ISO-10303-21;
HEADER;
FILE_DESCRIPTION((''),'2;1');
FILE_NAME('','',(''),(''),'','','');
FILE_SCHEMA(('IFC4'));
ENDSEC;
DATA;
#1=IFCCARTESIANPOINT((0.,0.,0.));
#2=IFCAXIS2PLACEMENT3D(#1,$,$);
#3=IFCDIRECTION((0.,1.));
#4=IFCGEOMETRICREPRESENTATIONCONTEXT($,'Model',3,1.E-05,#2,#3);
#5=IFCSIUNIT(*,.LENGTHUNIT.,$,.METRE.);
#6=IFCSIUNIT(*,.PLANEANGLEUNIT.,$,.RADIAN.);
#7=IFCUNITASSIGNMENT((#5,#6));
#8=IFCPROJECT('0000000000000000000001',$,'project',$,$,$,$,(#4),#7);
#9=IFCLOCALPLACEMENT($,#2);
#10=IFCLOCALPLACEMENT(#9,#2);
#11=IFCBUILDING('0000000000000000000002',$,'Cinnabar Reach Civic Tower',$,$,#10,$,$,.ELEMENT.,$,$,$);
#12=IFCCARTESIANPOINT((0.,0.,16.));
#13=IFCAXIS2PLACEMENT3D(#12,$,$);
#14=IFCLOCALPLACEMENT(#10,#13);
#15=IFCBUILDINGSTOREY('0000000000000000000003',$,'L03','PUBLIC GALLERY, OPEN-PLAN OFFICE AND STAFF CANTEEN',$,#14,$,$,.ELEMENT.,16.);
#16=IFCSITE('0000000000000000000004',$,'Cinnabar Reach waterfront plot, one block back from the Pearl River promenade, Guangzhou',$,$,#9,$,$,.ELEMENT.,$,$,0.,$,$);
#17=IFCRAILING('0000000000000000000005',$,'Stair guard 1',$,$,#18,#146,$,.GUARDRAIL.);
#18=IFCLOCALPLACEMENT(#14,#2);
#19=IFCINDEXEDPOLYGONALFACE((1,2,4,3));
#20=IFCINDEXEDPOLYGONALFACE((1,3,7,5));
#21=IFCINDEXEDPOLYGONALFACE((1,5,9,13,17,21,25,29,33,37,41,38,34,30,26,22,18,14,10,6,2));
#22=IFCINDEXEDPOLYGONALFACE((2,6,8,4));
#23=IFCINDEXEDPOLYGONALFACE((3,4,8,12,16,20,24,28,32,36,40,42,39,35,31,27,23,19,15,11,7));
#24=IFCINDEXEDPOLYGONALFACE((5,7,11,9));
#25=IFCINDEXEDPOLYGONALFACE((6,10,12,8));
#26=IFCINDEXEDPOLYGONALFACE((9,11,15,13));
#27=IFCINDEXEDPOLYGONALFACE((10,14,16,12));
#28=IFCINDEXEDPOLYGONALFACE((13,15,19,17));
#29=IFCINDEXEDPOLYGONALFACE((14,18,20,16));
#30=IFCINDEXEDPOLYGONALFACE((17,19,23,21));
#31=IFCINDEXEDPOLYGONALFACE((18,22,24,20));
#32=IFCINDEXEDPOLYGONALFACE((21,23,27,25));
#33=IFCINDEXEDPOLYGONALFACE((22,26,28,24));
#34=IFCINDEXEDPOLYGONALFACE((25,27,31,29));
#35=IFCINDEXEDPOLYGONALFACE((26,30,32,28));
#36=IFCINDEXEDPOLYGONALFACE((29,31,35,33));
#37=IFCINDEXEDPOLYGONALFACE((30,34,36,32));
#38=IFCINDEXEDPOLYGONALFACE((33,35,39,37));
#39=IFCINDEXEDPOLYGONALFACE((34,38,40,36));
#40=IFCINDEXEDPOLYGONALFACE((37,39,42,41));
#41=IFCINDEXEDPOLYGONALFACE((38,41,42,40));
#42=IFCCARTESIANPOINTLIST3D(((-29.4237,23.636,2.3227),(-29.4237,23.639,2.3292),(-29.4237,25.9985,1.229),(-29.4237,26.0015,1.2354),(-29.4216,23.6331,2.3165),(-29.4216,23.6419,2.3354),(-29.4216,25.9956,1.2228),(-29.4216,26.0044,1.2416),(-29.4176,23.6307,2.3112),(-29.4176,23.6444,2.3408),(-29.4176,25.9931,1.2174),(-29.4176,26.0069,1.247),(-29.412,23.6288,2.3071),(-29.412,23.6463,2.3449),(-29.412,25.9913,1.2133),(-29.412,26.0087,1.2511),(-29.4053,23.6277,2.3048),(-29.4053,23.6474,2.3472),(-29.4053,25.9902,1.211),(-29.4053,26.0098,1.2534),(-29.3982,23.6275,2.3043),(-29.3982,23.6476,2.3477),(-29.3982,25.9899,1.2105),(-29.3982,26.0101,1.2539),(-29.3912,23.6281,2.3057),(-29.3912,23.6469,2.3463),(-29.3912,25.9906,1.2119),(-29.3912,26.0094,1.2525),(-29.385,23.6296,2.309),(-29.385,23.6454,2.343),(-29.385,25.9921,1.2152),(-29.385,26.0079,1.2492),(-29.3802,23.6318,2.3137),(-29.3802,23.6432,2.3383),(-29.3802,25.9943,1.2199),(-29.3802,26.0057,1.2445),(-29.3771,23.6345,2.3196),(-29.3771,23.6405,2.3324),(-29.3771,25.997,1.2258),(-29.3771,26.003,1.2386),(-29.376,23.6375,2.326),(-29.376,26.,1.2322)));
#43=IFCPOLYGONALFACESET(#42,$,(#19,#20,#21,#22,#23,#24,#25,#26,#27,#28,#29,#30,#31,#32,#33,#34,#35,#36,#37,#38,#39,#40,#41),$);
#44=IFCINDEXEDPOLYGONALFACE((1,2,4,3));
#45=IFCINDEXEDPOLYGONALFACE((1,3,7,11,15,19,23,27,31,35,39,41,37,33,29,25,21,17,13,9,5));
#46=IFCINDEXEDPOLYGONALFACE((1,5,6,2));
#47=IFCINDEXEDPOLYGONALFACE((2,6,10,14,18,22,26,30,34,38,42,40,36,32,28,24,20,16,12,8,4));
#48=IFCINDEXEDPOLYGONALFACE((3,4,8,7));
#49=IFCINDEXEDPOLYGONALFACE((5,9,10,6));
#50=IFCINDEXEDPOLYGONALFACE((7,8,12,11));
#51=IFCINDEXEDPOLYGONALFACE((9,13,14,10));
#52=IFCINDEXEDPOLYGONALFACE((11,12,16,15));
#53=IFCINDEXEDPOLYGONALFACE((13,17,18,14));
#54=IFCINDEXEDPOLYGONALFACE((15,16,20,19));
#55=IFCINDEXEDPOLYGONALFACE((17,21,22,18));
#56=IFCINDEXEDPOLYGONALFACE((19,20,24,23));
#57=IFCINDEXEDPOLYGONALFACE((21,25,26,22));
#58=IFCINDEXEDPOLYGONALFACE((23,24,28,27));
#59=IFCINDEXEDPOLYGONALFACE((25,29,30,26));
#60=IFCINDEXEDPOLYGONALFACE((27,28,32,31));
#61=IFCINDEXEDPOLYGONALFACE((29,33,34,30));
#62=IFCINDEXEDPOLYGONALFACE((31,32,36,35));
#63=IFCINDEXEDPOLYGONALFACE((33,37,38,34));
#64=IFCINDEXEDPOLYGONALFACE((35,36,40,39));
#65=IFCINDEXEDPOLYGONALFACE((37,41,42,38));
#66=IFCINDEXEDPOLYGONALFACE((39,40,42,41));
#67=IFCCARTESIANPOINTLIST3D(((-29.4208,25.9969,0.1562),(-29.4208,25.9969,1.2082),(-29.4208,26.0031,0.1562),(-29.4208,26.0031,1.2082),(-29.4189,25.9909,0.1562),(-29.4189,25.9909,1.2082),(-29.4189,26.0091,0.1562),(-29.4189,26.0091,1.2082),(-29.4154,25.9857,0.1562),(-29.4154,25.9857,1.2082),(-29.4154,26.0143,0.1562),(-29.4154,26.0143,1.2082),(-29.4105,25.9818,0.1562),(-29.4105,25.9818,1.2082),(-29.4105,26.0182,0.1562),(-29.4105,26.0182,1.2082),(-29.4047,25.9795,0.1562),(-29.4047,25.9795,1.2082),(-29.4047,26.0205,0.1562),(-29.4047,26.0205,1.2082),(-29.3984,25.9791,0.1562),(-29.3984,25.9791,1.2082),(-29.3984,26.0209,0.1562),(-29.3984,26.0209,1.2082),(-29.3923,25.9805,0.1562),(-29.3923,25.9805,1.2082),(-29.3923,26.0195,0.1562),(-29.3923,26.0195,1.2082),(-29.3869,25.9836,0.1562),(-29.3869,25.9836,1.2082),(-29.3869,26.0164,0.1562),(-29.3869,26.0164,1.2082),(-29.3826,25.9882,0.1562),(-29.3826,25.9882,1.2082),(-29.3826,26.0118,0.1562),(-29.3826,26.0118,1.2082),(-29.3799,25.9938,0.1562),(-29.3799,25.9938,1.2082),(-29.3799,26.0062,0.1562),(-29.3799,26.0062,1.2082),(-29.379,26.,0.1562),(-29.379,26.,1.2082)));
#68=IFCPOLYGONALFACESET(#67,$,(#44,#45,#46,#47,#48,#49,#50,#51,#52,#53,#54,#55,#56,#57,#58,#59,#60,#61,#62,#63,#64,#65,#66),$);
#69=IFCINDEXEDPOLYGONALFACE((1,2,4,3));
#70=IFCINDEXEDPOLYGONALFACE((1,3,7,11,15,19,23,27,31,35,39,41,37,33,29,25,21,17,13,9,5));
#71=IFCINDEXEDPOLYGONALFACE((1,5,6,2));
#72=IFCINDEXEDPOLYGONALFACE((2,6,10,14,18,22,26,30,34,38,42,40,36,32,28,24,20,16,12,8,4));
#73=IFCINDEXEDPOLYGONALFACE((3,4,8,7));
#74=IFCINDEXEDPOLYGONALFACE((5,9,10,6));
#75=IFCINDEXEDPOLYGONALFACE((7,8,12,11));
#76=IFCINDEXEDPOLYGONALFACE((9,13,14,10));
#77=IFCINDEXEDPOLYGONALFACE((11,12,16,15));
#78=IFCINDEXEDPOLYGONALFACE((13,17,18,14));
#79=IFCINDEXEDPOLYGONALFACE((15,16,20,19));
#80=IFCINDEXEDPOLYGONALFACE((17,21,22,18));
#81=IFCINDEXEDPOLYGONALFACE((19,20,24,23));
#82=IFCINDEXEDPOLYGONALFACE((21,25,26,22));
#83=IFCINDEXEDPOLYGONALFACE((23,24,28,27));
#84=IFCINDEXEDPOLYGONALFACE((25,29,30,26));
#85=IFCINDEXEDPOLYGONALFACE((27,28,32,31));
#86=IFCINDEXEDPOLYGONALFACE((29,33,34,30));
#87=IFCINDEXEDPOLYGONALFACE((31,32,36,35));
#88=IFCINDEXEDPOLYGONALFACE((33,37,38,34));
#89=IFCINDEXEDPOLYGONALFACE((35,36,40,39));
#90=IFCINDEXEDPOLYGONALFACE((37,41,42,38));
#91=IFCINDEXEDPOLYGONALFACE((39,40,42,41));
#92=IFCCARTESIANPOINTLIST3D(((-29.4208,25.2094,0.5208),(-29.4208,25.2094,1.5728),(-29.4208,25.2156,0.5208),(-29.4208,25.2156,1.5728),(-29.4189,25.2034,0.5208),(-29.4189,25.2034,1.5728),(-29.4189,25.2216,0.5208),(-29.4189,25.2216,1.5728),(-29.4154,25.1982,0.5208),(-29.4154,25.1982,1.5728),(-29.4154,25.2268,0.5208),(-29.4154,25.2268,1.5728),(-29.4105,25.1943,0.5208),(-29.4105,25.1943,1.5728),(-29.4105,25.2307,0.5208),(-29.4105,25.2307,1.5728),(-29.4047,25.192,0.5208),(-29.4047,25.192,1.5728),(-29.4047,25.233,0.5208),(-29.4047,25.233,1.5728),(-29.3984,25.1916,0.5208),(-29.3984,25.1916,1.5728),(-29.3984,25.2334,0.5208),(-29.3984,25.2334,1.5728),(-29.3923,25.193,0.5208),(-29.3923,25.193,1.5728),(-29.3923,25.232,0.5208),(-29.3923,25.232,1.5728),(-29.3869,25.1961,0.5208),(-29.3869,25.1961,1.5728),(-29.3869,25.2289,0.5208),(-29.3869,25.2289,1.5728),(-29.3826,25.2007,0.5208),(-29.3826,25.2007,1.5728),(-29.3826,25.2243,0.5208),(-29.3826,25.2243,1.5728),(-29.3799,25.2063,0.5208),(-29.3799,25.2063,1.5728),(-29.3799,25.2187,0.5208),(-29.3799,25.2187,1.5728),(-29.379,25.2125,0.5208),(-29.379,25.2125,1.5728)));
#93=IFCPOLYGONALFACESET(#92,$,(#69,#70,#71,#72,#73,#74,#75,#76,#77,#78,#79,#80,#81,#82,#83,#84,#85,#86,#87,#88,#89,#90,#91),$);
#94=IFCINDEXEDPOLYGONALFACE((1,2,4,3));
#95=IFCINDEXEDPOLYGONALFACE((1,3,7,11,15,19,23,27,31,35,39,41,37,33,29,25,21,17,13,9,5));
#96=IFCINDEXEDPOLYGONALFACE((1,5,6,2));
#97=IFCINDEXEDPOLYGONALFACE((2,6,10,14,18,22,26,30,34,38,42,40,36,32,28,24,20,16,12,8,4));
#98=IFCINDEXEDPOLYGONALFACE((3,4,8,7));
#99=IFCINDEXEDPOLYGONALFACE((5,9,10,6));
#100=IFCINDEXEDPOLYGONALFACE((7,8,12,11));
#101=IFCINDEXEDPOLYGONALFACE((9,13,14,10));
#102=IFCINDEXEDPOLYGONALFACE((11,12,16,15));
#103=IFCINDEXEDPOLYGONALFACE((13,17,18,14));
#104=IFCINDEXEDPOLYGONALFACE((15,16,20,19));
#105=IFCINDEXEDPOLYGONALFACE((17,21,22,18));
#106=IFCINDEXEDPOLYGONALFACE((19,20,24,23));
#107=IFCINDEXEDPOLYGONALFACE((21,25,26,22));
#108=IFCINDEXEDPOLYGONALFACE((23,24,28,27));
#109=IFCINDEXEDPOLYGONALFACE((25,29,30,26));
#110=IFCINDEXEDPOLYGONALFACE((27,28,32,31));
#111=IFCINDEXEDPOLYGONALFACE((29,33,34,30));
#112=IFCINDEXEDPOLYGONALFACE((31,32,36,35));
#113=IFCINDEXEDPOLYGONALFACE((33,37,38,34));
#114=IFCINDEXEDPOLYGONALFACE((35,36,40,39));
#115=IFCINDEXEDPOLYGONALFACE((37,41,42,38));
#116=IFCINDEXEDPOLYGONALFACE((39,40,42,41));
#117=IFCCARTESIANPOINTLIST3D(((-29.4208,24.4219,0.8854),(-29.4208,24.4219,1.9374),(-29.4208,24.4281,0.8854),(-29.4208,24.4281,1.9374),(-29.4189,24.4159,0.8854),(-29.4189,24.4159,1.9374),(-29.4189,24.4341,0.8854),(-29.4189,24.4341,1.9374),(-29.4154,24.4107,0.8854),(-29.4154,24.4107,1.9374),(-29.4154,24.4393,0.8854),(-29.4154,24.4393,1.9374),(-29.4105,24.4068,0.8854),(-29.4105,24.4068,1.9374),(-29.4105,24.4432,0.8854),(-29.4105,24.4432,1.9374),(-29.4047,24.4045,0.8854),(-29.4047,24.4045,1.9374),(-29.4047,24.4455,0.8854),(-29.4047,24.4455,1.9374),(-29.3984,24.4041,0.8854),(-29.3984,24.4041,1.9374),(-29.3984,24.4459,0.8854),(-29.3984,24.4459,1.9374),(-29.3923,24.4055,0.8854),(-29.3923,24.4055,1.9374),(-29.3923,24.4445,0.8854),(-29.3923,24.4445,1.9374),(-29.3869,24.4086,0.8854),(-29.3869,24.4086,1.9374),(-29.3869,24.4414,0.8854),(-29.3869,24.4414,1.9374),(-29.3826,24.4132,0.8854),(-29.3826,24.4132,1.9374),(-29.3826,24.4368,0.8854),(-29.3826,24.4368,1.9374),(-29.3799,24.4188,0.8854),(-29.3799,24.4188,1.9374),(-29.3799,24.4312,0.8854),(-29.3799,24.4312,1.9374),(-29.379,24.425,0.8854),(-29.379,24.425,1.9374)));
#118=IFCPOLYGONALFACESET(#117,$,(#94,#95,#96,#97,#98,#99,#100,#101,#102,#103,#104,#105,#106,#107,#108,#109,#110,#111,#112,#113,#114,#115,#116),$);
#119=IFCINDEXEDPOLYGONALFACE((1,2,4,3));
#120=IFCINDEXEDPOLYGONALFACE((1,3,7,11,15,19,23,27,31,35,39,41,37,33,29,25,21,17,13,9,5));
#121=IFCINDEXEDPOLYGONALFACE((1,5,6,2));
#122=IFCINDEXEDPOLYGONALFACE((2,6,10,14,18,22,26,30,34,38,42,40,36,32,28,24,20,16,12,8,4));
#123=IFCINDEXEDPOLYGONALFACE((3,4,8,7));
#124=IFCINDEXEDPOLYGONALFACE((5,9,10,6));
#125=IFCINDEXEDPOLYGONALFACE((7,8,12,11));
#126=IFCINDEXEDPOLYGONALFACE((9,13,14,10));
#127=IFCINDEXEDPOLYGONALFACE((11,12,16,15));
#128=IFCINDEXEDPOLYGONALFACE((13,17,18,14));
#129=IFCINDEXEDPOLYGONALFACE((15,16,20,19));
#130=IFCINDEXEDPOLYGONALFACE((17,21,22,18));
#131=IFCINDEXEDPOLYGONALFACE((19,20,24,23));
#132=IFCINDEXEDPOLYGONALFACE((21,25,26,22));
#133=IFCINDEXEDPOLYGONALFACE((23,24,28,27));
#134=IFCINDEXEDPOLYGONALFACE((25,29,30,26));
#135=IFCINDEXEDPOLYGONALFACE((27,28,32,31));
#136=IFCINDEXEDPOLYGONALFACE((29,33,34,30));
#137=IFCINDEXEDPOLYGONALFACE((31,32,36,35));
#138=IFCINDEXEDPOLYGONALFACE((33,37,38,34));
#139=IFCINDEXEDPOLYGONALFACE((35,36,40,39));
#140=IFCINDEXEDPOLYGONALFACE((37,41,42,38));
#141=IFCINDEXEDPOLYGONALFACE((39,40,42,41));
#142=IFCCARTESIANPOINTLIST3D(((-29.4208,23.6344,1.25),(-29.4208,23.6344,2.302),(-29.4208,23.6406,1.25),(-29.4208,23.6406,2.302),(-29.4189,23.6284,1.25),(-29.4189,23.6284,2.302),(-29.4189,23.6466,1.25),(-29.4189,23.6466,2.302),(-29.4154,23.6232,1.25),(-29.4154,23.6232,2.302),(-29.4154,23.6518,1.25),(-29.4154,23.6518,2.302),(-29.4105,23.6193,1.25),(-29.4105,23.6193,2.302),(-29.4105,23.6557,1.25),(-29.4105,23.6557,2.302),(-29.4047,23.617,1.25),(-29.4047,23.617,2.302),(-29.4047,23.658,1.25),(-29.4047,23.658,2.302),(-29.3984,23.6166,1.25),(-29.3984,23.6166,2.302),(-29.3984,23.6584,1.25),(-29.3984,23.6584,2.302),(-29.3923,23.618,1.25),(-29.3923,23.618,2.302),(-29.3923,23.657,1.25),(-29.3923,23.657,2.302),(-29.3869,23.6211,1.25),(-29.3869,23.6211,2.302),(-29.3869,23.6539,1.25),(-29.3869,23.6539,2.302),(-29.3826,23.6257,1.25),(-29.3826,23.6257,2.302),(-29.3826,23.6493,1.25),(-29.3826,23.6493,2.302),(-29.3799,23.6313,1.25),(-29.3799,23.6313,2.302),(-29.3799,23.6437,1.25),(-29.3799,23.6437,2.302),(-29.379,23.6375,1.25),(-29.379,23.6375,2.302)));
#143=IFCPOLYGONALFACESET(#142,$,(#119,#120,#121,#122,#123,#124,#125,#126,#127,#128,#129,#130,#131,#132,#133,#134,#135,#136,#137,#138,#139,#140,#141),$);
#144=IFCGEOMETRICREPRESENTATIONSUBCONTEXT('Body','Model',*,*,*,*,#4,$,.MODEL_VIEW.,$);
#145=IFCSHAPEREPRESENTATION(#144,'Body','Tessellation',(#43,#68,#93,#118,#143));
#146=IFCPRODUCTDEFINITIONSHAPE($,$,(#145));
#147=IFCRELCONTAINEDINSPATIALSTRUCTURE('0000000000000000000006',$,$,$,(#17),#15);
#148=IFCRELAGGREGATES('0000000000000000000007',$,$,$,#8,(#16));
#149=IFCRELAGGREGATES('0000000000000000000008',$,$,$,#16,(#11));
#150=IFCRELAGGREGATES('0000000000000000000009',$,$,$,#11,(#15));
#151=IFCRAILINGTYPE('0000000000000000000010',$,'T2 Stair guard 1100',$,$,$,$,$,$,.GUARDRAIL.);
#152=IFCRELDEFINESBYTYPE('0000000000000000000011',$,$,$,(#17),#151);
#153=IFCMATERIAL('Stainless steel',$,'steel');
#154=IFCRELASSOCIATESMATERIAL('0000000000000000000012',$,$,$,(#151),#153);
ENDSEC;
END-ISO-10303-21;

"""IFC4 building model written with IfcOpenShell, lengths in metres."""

from ifc_helpers import new_model, si_unit, direction, frame, origin, origin_2d, place, context, subcontext, project, spatial, circle, extrude, material, type_object, element, save


model = new_model("IFC4")

# Units and contexts
model_context = context("Model", 3, precision=1e-05, world=origin(), true_north=direction((0.0, 1.0)))
body_context = subcontext(model_context, "Body", "Model", "MODEL_VIEW")
ifc_project = project(units=[si_unit("LENGTHUNIT", "METRE"), si_unit("PLANEANGLEUNIT", "RADIAN")], contexts=[model_context])

# Site, building, storey
site_placement = place(None, origin())
site = spatial("IfcSite", under=ifc_project, at=site_placement, Name="Cinnabar Reach waterfront plot, one block back from the Pearl River promenade, Guangzhou", CompositionType="ELEMENT", RefElevation=0.0)
building_placement = place(site_placement, origin())
building = spatial("IfcBuilding", under=site, at=building_placement, Name="Cinnabar Reach Civic Tower", CompositionType="ELEMENT")
storey_placement = place(building_placement, frame((0.0, 0.0, 16.0)))
storey = spatial("IfcBuildingStorey", under=building, at=storey_placement, Name="L03", Description="PUBLIC GALLERY, OPEN-PLAN OFFICE AND STAFF CANTEEN", CompositionType="ELEMENT", Elevation=16.0)

# Railing
ifc_material_1 = material(Name="Stainless steel", Category="steel")
railing_type = type_object("IfcRailingType", Name="T2 Stair guard 1100", PredefinedType="GUARDRAIL", material=ifc_material_1)
railing_1_placement = place(storey_placement, frame((-29.4, 26.0, 0.1562)))
element("IfcRailing", 1, at=railing_1_placement, inside=storey, type_object=railing_type, Name="Stair guard 1", PredefinedType="GUARDRAIL", context=body_context, shape_type="SweptSolid", body=[
    extrude(circle(Radius=0.024, at=origin_2d()), frame((0.0, 0.0, 1.076), z_axis=(0.0, -0.90746, 0.420139), x_axis=(1.0, 0.0, 0.0)), (0.0, 0.0, 1.0), 2.6034),
    extrude(circle(Radius=0.021, at=origin_2d()), origin(), (0.0, 0.0, 1.0), 1.052),
    extrude(circle(Radius=0.021, at=origin_2d()), frame((0.0, -0.7875, 0.3646)), (0.0, 0.0, 1.0), 1.052),
    extrude(circle(Radius=0.021, at=origin_2d()), frame((0.0, -1.575, 0.7292)), (0.0, 0.0, 1.0), 1.052),
    extrude(circle(Radius=0.021, at=origin_2d()), frame((0.0, -2.3625, 1.0938)), (0.0, 0.0, 1.0), 1.052),
])

save(model, "model.ifc")
